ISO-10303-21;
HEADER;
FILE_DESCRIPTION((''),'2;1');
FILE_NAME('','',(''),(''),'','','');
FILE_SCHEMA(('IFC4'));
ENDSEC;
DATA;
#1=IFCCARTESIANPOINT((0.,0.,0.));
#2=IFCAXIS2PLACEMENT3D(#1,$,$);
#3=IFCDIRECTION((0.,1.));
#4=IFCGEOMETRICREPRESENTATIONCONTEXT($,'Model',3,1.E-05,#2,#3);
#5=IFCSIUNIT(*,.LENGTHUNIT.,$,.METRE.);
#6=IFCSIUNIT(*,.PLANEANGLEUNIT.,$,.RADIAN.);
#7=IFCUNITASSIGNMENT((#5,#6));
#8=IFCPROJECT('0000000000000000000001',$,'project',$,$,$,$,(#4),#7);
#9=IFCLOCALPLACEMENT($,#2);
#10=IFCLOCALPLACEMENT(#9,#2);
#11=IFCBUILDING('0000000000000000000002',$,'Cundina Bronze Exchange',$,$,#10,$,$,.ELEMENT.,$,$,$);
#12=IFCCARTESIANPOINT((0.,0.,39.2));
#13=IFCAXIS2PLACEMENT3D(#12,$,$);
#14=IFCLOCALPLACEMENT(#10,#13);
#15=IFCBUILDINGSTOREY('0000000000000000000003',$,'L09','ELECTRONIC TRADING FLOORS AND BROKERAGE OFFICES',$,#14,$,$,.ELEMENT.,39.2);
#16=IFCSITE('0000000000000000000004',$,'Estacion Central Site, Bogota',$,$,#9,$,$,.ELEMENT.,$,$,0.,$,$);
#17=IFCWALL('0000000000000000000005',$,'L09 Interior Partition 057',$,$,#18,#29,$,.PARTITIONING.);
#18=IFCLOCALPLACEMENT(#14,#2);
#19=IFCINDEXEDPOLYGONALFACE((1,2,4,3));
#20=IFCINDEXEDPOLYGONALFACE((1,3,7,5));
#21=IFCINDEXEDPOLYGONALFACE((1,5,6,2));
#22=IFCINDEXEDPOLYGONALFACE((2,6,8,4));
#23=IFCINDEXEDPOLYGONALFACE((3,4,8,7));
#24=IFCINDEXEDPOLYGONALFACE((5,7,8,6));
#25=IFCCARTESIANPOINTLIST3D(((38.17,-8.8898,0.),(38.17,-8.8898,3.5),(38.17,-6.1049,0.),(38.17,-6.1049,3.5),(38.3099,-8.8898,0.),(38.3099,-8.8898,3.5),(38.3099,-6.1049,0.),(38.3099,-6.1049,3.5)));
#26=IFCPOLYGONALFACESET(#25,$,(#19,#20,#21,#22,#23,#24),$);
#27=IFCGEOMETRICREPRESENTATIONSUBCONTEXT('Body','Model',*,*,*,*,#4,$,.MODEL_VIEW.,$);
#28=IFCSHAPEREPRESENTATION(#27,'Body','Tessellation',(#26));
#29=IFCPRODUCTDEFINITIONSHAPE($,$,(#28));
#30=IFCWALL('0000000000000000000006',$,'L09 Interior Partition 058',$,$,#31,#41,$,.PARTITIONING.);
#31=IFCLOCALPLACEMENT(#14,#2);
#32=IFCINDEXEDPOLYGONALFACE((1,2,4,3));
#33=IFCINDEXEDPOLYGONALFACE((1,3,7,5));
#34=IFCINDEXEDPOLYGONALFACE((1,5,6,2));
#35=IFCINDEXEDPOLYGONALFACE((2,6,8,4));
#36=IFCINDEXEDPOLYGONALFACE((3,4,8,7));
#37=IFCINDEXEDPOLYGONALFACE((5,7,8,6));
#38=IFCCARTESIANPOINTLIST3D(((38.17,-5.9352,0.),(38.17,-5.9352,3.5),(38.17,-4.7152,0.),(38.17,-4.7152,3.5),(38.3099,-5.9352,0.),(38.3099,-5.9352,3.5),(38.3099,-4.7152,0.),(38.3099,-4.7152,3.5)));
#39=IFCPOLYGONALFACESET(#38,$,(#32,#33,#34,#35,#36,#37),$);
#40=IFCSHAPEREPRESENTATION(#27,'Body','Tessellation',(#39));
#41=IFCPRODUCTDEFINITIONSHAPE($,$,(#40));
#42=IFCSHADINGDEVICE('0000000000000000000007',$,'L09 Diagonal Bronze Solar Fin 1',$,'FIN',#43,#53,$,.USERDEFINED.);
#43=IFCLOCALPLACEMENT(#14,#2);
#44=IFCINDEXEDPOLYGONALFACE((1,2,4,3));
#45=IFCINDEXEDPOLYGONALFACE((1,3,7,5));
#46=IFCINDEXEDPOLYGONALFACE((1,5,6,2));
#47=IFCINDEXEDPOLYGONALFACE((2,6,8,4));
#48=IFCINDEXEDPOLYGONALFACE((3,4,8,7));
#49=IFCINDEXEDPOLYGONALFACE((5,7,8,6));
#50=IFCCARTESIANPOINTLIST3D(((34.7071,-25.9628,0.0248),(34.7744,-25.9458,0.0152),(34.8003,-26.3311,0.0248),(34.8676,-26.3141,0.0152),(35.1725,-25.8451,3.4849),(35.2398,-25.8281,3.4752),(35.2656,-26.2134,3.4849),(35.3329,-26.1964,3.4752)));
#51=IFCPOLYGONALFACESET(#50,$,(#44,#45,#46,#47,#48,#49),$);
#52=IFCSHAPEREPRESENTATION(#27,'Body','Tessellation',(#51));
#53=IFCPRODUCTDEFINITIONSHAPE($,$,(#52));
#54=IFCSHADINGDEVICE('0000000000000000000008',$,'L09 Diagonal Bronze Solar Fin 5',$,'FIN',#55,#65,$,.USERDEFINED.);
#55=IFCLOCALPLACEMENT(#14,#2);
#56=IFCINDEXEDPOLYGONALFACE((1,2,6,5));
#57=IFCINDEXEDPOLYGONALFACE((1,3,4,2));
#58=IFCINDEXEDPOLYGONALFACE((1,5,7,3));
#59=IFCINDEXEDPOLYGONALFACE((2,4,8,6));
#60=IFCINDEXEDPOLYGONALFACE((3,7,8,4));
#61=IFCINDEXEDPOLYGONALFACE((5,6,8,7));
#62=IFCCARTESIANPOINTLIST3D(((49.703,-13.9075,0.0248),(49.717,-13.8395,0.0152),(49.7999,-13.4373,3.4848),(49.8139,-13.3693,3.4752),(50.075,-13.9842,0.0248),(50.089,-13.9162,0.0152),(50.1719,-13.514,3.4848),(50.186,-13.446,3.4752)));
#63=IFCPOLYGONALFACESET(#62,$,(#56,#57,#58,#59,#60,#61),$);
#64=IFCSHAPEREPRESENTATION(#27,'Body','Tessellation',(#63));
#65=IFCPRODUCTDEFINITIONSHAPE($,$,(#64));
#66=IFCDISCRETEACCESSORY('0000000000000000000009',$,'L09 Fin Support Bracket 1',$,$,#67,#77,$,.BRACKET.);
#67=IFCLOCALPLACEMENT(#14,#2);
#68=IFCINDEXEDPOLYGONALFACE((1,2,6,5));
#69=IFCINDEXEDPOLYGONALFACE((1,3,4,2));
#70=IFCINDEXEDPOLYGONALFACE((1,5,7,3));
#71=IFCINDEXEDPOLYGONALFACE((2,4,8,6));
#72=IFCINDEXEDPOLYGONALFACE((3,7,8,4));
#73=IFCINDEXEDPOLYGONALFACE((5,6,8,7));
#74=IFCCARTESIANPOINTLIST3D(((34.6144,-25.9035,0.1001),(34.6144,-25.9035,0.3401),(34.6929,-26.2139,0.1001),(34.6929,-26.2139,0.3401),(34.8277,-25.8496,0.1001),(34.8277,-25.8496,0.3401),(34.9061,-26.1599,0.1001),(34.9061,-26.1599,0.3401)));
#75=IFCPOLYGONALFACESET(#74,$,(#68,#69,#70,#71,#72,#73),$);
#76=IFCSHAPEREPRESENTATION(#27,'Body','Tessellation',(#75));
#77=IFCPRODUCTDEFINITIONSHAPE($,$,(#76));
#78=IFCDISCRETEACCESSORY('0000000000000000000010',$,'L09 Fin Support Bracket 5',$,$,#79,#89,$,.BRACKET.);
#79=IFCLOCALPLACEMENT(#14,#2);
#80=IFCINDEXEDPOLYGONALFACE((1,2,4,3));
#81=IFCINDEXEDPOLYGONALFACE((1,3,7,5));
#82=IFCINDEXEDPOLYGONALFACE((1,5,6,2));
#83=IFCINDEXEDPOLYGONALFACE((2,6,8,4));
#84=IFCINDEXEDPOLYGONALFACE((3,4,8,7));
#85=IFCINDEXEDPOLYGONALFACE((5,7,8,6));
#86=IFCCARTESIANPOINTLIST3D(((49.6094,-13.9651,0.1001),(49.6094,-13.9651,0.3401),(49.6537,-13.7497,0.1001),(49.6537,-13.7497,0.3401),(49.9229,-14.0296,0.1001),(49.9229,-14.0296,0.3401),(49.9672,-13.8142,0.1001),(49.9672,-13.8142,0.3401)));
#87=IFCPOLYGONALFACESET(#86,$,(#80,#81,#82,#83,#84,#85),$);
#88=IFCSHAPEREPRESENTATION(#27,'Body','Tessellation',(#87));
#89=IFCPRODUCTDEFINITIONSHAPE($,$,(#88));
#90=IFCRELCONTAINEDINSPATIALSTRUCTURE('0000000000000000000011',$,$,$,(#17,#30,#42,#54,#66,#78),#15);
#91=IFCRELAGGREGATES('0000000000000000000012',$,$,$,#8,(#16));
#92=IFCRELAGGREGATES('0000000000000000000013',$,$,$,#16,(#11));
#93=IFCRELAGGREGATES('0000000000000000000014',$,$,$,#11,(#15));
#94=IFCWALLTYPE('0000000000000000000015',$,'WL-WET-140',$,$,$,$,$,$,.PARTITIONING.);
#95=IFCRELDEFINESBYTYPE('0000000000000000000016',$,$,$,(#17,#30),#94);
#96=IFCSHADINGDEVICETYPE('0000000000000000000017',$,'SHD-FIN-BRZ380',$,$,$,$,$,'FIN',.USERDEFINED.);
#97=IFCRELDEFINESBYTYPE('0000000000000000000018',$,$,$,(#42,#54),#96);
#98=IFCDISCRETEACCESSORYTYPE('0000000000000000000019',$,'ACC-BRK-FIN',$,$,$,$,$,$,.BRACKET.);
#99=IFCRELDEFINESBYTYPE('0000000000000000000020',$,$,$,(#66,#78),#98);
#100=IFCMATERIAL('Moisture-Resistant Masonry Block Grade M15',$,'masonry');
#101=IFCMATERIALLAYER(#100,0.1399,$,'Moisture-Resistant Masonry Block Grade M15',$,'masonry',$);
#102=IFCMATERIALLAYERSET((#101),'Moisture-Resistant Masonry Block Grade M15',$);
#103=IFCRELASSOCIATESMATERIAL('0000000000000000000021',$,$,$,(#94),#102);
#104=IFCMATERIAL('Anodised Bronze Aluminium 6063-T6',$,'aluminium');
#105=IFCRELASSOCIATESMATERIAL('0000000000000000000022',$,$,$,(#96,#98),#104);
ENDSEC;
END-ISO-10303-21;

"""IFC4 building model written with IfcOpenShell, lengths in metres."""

from ifc_helpers import new_model, si_unit, direction, frame, frame_2d, origin, origin_2d, place, context, subcontext, project, spatial, rectangle, extrude, material, layer, layer_set, material_profile, profile_set, type_object, element, save


model = new_model("IFC4")

# Units and contexts
model_context = context("Model", 3, precision=1e-05, world=origin(), true_north=direction((0.0, 1.0)))
body_context = subcontext(model_context, "Body", "Model", "MODEL_VIEW")
ifc_project = project(units=[si_unit("LENGTHUNIT", "METRE"), si_unit("PLANEANGLEUNIT", "RADIAN")], contexts=[model_context])

# Site, building, storey
site_placement = place(None, origin())
site = spatial("IfcSite", under=ifc_project, at=site_placement, Name="Estacion Central Site, Bogota", CompositionType="ELEMENT", RefElevation=0.0)
building_placement = place(site_placement, origin())
building = spatial("IfcBuilding", under=site, at=building_placement, Name="Cundina Bronze Exchange", CompositionType="ELEMENT")
storey_placement = place(building_placement, frame((0.0, 0.0, 39.2)))
storey = spatial("IfcBuildingStorey", under=building, at=storey_placement, Name="L09", Description="ELECTRONIC TRADING FLOORS AND BROKERAGE OFFICES", CompositionType="ELEMENT", Elevation=39.2)

# Shared definitions
ifc_material_1 = material(Name="Anodised Bronze Aluminium 6063-T6", Category="aluminium")

# Walls
ifc_material_2 = material(Name="Moisture-Resistant Masonry Block Grade M15", Category="masonry")
ifc_layer_1 = layer(ifc_material_2, 0.1399, Name="Moisture-Resistant Masonry Block Grade M15", Category="masonry")
ifc_layer_set_1 = layer_set([ifc_layer_1], Name="Moisture-Resistant Masonry Block Grade M15")
wall_type_1 = type_object("IfcWallType", Name="WL-WET-140", PredefinedType="PARTITIONING", material=ifc_layer_set_1)
wall_1_placement = place(storey_placement, frame((38.24, -8.8899, 0.0), z_axis=(0.0, 0.0, 1.0), x_axis=(0.0, 1.0, 0.0)))
element("IfcWall", 1, at=wall_1_placement, inside=storey, type_object=wall_type_1, Name="L09 Interior Partition 057", PredefinedType="PARTITIONING", context=body_context, shape_type="SweptSolid", body=[
    extrude(rectangle(XDim=2.7849, YDim=0.1399, at=frame_2d((1.3926, 0.0))), origin(), (0.0, 0.0, 1.0), 3.5),
])
wall_2_placement = place(storey_placement, frame((38.24, -5.9351, 0.0), z_axis=(0.0, 0.0, 1.0), x_axis=(0.0, 1.0, 0.0)))
element("IfcWall", 2, at=wall_2_placement, inside=storey, type_object=wall_type_1, Name="L09 Interior Partition 058", PredefinedType="PARTITIONING", context=body_context, shape_type="SweptSolid", body=[
    extrude(rectangle(XDim=1.22, YDim=0.1399, at=frame_2d((0.6099, 0.0))), origin(), (0.0, 0.0, 1.0), 3.5),
])

# Shading devices
ifc_material_profile_1 = material_profile(ifc_material_1, rectangle(XDim=0.0701, YDim=0.3799, at=origin_2d()), Name="FIN70X380", Category="aluminium")
ifc_profile_set_1 = profile_set([ifc_material_profile_1], Name="Anodised Bronze Aluminium 6063-T6")
shading_device_type = type_object("IfcShadingDeviceType", Name="SHD-FIN-BRZ380", ElementType="FIN", PredefinedType="USERDEFINED", material=ifc_profile_set_1)
for number, where, z_axis, x_axis, name in (
    (3, (34.7874, -26.1384, 0.02), (0.133215, 0.033688, 0.990514), (-0.960285, -0.242842, 0.137408), "L09 Diagonal Bronze Solar Fin 1"),
    (4, (49.896, -13.9119, 0.02), (0.027747, 0.134612, 0.99051), (-0.199967, -0.970115, 0.137442), "L09 Diagonal Bronze Solar Fin 5"),
):
    element("IfcShadingDevice", number, at=place(storey_placement, frame(where, z_axis=z_axis, x_axis=x_axis)), inside=storey, type_object=shading_device_type, Name=name, ObjectType="FIN", PredefinedType="USERDEFINED", context=body_context, shape_type="SweptSolid", body=[
        extrude(rectangle(XDim=0.0701, YDim=0.3799, at=origin_2d()), origin(), (0.0, 0.0, 1.0), 3.4932),
    ])

# Discrete accessories
discrete_accessory_type = type_object("IfcDiscreteAccessoryType", Name="ACC-BRK-FIN", PredefinedType="BRACKET", material=ifc_material_1)
for number, where, z_axis, x_axis, name in (
    (5, (34.7603, -26.0317, 0.1001), (0.0, 0.0, 1.0), (0.969488, 0.245138, 0.0), "L09 Fin Support Bracket 1"),
    (6, (49.7883, -13.8896, 0.1001), (0.0, 0.0, 1.0), (0.20142, 0.979505, 0.0), "L09 Fin Support Bracket 5"),
):
    element("IfcDiscreteAccessory", number, at=place(storey_placement, frame(where, z_axis=z_axis, x_axis=x_axis)), inside=storey, type_object=discrete_accessory_type, Name=name, PredefinedType="BRACKET", context=body_context, shape_type="SweptSolid", body=[
        extrude(rectangle(XDim=0.22, YDim=0.3201, at=origin_2d()), origin(), (0.0, 0.0, 1.0), 0.24),
    ])

save(model, "model.ifc")
